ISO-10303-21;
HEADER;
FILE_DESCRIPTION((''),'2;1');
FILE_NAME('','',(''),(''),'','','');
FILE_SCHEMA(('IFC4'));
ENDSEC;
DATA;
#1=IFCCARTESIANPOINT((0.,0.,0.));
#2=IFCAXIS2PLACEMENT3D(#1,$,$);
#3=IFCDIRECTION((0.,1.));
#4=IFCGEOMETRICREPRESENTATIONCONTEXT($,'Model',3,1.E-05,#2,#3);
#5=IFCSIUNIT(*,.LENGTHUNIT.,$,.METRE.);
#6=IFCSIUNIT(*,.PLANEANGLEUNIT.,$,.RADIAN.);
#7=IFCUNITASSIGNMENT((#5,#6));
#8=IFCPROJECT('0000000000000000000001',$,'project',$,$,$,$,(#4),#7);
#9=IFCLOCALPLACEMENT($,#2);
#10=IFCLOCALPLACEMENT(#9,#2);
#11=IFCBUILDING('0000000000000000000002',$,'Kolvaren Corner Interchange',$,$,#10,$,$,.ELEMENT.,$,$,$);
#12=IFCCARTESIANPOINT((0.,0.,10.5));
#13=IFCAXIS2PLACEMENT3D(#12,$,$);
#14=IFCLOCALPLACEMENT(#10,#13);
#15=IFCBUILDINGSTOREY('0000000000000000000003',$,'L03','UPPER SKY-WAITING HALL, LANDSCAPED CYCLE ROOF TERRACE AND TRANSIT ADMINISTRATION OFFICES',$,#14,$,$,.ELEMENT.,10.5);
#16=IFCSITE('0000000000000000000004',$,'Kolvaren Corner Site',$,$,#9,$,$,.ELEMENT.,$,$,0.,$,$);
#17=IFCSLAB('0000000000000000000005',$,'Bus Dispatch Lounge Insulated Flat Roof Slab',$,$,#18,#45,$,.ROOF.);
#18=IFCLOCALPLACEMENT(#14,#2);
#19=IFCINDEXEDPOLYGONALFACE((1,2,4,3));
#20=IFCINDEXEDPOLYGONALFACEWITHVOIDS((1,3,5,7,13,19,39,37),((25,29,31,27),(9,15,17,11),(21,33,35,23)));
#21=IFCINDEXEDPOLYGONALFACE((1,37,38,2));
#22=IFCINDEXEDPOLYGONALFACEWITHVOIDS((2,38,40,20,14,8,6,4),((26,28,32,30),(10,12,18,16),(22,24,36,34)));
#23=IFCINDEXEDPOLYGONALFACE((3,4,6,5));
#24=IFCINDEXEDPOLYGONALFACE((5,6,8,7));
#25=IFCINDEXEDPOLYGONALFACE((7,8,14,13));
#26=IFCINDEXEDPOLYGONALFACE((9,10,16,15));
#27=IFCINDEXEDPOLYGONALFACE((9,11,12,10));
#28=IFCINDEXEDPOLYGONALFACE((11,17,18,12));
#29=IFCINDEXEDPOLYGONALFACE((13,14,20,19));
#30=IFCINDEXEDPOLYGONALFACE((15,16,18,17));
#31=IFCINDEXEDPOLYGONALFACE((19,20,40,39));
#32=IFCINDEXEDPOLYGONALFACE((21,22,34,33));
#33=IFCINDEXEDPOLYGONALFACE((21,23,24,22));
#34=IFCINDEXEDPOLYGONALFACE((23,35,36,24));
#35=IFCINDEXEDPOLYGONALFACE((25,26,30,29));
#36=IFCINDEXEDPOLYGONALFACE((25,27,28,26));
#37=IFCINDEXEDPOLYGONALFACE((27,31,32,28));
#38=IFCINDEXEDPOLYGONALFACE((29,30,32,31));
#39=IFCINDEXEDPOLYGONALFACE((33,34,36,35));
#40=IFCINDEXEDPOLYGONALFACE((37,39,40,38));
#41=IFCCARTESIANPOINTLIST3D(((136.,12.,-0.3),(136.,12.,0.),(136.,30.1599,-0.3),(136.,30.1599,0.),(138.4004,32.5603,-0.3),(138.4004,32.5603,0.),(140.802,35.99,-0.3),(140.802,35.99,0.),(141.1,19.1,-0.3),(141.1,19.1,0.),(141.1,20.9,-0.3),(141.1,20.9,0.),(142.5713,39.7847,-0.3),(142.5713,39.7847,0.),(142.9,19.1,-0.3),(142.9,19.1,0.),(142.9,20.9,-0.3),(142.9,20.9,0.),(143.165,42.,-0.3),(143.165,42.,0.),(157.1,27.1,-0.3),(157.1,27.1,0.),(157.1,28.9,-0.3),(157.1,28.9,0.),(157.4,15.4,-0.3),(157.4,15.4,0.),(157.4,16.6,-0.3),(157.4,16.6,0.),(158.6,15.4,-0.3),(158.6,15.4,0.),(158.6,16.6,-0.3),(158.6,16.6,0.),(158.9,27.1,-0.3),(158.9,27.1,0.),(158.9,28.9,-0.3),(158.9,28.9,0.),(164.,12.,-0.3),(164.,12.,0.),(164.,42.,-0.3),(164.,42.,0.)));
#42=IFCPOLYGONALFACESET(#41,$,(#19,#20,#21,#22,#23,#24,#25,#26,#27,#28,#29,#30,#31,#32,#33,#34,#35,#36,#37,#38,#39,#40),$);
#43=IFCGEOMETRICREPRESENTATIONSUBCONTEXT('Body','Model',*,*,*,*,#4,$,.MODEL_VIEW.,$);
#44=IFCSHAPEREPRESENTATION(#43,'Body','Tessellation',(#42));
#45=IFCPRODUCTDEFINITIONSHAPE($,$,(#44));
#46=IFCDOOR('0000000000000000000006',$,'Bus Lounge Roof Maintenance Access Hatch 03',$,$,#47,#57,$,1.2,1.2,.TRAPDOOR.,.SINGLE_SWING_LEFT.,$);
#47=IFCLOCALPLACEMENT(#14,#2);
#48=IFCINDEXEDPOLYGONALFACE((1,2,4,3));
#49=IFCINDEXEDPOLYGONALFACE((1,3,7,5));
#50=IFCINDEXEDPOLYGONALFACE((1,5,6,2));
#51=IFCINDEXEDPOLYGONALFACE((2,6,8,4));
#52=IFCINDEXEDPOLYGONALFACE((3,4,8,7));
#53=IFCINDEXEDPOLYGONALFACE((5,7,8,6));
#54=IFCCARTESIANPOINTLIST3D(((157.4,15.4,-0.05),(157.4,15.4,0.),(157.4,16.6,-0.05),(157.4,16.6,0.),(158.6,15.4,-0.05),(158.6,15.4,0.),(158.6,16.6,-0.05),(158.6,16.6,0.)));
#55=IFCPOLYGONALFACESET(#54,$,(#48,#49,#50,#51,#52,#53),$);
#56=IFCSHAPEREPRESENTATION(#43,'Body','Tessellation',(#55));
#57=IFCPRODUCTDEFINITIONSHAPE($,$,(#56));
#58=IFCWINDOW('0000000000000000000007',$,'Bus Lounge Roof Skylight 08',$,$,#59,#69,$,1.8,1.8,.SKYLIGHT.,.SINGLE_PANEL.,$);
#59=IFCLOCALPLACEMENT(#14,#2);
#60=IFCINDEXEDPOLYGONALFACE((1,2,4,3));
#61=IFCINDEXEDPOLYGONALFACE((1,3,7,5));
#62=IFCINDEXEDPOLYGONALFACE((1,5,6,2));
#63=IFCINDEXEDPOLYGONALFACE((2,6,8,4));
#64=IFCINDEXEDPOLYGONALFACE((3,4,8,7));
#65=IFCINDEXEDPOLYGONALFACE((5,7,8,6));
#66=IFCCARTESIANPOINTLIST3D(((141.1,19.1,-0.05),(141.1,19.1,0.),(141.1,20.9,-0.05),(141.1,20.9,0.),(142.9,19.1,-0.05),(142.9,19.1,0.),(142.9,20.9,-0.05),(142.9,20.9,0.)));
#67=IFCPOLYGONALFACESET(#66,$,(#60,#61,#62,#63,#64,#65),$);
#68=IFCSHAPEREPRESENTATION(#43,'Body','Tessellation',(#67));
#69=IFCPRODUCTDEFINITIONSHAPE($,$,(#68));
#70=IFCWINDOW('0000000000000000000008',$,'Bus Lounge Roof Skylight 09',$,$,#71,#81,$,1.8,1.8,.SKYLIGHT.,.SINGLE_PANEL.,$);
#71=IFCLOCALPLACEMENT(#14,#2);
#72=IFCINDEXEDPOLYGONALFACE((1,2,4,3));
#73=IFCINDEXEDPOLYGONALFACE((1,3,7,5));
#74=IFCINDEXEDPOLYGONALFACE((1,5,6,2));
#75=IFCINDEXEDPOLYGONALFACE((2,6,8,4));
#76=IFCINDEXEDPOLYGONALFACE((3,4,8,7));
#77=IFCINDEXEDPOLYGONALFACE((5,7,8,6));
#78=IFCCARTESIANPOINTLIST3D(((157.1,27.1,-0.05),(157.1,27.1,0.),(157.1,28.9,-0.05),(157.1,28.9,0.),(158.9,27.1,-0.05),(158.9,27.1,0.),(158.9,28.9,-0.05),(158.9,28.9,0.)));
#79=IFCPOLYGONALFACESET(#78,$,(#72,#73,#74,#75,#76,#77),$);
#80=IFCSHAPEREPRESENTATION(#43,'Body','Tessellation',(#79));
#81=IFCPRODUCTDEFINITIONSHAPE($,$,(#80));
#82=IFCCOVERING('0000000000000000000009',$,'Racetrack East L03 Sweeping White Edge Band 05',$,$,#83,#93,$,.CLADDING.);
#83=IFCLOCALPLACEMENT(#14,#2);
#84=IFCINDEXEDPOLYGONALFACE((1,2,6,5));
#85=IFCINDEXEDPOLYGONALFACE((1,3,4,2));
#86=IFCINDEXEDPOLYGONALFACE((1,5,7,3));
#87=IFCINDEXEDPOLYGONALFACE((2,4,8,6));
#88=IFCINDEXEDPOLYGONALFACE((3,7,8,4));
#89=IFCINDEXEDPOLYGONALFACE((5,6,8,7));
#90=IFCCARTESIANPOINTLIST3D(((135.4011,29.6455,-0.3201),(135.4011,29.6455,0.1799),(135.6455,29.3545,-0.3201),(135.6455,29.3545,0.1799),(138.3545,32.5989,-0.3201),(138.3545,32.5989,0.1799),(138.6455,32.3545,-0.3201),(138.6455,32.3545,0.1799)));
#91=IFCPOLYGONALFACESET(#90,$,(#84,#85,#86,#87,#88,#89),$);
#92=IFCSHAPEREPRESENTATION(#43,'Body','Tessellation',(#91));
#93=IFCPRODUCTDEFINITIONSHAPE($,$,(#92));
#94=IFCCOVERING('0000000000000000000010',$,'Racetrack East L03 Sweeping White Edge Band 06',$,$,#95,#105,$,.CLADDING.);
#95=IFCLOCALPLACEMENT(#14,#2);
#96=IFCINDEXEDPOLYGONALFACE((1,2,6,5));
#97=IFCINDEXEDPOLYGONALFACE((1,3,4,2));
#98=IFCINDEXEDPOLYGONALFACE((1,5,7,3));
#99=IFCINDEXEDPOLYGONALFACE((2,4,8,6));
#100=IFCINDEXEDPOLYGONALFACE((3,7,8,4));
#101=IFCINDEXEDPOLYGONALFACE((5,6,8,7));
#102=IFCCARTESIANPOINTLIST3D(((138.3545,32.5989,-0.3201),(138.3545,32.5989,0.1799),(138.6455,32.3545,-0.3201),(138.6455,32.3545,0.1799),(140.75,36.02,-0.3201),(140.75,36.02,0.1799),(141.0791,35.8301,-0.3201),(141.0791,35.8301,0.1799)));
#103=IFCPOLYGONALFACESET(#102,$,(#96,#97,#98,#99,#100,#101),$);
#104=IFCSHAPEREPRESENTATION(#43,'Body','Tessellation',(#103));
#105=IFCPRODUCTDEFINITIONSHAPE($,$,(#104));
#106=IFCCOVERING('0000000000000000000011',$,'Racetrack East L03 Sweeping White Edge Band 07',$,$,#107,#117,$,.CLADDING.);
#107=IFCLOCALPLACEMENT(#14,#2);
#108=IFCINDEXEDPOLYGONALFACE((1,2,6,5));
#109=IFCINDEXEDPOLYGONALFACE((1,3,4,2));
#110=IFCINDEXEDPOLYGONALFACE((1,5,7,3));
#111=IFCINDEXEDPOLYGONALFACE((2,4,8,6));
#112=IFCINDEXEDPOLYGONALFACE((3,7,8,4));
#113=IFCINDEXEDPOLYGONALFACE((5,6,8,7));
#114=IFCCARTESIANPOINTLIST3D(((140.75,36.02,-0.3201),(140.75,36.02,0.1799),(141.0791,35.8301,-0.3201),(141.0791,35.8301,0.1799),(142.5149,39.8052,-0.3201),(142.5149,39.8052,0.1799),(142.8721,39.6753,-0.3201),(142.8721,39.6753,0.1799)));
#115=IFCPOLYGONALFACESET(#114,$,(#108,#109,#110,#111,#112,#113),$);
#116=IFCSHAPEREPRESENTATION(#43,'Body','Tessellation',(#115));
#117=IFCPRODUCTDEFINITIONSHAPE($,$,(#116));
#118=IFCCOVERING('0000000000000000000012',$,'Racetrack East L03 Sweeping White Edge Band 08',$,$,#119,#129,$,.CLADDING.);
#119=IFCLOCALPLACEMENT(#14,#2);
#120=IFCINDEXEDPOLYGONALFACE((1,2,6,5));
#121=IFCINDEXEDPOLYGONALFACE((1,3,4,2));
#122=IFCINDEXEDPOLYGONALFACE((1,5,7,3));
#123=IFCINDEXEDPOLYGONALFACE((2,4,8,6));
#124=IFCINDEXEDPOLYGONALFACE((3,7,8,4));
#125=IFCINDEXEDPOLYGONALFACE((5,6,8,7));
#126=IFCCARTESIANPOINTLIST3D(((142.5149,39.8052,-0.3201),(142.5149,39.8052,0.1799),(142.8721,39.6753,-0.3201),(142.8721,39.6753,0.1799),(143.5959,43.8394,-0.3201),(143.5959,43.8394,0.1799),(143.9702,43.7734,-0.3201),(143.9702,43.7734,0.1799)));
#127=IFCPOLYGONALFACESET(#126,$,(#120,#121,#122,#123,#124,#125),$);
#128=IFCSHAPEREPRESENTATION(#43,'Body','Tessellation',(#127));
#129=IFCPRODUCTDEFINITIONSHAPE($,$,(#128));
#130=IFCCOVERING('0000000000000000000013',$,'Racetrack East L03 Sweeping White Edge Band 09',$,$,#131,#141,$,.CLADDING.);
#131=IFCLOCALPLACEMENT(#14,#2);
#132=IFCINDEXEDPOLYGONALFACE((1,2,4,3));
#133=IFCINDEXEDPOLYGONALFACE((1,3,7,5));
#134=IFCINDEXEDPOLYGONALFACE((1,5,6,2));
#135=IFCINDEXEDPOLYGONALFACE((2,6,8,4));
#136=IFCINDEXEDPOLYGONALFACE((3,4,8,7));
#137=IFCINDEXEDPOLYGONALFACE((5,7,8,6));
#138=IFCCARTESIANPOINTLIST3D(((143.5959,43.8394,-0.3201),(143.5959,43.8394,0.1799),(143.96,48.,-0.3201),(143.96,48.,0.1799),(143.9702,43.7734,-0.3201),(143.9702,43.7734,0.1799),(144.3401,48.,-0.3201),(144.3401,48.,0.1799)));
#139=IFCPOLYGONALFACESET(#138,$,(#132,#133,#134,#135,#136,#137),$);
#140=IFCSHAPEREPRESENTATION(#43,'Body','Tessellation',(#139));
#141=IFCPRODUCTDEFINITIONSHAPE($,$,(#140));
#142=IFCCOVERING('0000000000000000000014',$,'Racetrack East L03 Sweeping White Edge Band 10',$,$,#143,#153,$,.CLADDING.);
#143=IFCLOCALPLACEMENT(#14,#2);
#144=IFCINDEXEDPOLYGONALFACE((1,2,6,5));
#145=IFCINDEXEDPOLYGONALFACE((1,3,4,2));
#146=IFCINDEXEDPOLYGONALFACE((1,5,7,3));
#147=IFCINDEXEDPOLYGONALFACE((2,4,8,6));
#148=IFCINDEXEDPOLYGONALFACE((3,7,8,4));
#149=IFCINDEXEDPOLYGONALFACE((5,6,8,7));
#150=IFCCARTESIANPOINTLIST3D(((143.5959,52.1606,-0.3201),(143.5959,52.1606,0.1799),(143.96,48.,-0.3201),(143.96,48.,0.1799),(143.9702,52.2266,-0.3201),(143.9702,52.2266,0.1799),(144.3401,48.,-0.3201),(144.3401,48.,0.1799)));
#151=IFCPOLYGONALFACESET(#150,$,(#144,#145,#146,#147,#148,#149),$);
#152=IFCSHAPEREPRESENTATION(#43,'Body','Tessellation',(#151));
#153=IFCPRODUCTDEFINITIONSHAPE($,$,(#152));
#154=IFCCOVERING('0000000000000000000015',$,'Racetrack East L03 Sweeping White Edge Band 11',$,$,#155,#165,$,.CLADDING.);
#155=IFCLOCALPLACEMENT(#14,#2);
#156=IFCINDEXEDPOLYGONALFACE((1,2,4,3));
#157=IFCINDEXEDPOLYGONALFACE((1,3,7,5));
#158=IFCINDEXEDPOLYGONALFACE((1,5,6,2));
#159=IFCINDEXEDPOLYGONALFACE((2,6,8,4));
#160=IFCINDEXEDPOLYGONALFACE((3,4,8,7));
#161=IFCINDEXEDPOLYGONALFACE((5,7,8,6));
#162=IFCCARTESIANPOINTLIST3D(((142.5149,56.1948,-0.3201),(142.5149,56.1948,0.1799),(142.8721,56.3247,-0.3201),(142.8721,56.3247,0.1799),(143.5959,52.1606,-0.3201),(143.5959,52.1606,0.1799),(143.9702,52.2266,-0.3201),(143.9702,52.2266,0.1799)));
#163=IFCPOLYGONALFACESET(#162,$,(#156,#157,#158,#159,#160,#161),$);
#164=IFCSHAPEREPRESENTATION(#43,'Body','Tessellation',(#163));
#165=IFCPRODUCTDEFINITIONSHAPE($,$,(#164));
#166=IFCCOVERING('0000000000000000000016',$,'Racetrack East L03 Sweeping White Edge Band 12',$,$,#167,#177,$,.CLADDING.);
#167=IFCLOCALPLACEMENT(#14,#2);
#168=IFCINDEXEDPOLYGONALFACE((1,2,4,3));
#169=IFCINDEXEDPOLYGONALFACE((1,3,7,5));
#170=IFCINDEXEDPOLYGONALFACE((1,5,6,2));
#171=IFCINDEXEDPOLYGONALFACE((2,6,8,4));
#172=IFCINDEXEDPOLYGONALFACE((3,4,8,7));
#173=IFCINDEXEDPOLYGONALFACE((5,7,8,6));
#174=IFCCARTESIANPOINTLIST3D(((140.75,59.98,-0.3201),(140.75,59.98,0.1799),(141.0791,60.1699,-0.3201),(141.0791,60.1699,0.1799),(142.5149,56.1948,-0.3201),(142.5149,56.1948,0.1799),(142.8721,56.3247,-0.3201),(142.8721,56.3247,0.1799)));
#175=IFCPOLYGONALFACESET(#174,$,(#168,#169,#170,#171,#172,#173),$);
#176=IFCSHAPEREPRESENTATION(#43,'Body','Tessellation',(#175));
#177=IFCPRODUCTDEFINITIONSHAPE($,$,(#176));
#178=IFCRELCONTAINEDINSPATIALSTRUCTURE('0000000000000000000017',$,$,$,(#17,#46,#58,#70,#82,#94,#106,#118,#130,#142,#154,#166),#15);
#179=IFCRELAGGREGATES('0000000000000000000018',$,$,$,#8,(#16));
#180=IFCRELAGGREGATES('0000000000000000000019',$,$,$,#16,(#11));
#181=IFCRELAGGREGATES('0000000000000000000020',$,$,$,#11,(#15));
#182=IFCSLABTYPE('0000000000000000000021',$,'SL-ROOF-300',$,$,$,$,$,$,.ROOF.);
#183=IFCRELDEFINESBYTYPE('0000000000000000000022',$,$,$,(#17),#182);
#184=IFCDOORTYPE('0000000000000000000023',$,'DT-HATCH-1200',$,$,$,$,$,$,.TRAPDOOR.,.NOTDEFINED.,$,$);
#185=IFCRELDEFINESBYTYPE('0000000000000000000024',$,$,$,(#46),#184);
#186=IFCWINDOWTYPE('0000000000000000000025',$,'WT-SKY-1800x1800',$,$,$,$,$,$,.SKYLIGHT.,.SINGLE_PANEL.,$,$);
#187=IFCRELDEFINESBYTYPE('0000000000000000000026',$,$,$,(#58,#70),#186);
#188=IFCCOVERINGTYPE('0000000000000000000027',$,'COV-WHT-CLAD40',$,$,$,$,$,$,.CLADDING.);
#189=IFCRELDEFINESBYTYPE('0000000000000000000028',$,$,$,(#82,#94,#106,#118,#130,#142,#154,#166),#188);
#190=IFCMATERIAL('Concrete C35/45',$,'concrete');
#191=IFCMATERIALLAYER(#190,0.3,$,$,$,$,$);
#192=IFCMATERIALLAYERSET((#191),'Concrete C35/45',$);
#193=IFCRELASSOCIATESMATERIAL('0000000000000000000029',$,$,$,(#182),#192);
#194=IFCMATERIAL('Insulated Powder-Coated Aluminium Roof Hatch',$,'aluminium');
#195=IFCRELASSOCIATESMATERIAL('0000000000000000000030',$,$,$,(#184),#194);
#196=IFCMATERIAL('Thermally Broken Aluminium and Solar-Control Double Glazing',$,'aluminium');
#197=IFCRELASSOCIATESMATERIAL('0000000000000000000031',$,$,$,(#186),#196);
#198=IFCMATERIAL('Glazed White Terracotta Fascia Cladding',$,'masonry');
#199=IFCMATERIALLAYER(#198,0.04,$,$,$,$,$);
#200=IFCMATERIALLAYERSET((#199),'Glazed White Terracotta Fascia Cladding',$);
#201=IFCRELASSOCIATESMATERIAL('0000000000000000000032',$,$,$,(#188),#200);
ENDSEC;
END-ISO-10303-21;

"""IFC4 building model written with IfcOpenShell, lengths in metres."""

from ifc_helpers import new_model, si_unit, direction, frame, origin, origin_2d, place, context, subcontext, project, spatial, polyline, rectangle, outline, extrude, material, layer, layer_set, type_object, element, fill, save


model = new_model("IFC4")

# Units and contexts
model_context = context("Model", 3, precision=1e-05, world=origin(), true_north=direction((0.0, 1.0)))
body_context = subcontext(model_context, "Body", "Model", "MODEL_VIEW")
ifc_project = project(units=[si_unit("LENGTHUNIT", "METRE"), si_unit("PLANEANGLEUNIT", "RADIAN")], contexts=[model_context])

# Site, building, storey
site_placement = place(None, origin())
site = spatial("IfcSite", under=ifc_project, at=site_placement, Name="Kolvaren Corner Site", CompositionType="ELEMENT", RefElevation=0.0)
building_placement = place(site_placement, origin())
building = spatial("IfcBuilding", under=site, at=building_placement, Name="Kolvaren Corner Interchange", CompositionType="ELEMENT")
storey_placement = place(building_placement, frame((0.0, 0.0, 10.5)))
storey = spatial("IfcBuildingStorey", under=building, at=storey_placement, Name="L03", Description="UPPER SKY-WAITING HALL, LANDSCAPED CYCLE ROOF TERRACE AND TRANSIT ADMINISTRATION OFFICES", CompositionType="ELEMENT", Elevation=10.5)

# Slab, openings, door, windows
ifc_material_1 = material(Name="Concrete C35/45", Category="concrete")
ifc_layer_1 = layer(ifc_material_1, 0.3)
ifc_layer_set_1 = layer_set([ifc_layer_1], Name="Concrete C35/45")
slab_type_1 = type_object("IfcSlabType", Name="SL-ROOF-300", PredefinedType="ROOF", material=ifc_layer_set_1)
slab_1_placement = place(storey_placement, frame((0.0, 0.0, -0.3)))
slab_1 = element("IfcSlab", 1, at=slab_1_placement, inside=storey, type_object=slab_type_1, Name="Bus Dispatch Lounge Insulated Flat Roof Slab", PredefinedType="ROOF", context=body_context, shape_type="SweptSolid", body=[
    extrude(outline(polyline([(164.0, 12.0), (164.0, 42.0), (143.165, 42.0), (142.5713, 39.7847), (140.802, 35.99), (138.4004, 32.5603), (136.0, 30.1599), (136.0, 12.0), (164.0, 12.0)])), origin(), (0.0, 0.0, 1.0), 0.3),
])
opening_1_placement = place(slab_1_placement, frame((142.0, 20.0, 0.0)))
opening_1 = element("IfcOpeningElement", 2, at=opening_1_placement, cuts=slab_1, PredefinedType="OPENING", context=body_context, shape_type="SweptSolid", body=[
    extrude(rectangle(XDim=1.8, YDim=1.8, at=origin_2d()), origin(), (0.0, 0.0, 1.0), 0.3),
])
opening_2_placement = place(slab_1_placement, frame((158.0, 28.0, 0.0)))
opening_2 = element("IfcOpeningElement", 3, at=opening_2_placement, cuts=slab_1, PredefinedType="OPENING", context=body_context, shape_type="SweptSolid", body=[
    extrude(rectangle(XDim=1.8, YDim=1.8, at=origin_2d()), origin(), (0.0, 0.0, 1.0), 0.3),
])
opening_3_placement = place(slab_1_placement, frame((158.0, 16.0, 0.0)))
opening_3 = element("IfcOpeningElement", 4, at=opening_3_placement, cuts=slab_1, PredefinedType="OPENING", context=body_context, shape_type="SweptSolid", body=[
    extrude(rectangle(XDim=1.2, YDim=1.2, at=origin_2d()), origin(), (0.0, 0.0, 1.0), 0.3),
])
ifc_material_2 = material(Name="Insulated Powder-Coated Aluminium Roof Hatch", Category="aluminium")
door_type = type_object("IfcDoorType", Name="DT-HATCH-1200", OperationType="NOTDEFINED", PredefinedType="TRAPDOOR", material=ifc_material_2)
door_placement = place(opening_3_placement, frame((0.0, 0.0, 0.25)))
door = element("IfcDoor", 5, at=door_placement, inside=storey, type_object=door_type, Name="Bus Lounge Roof Maintenance Access Hatch 03", OperationType="SINGLE_SWING_LEFT", OverallHeight=1.2, OverallWidth=1.2, PredefinedType="TRAPDOOR", context=body_context, shape_type="SweptSolid", body=[
    extrude(rectangle(XDim=1.2, YDim=1.2, at=origin_2d()), origin(), (0.0, 0.0, 1.0), 0.05),
])
fill(opening_3, door)
ifc_material_3 = material(Name="Thermally Broken Aluminium and Solar-Control Double Glazing", Category="aluminium")
window_type = type_object("IfcWindowType", Name="WT-SKY-1800x1800", PartitioningType="SINGLE_PANEL", PredefinedType="SKYLIGHT", material=ifc_material_3)
window_1_placement = place(opening_1_placement, frame((0.0, 0.0, 0.25)))
window_1 = element("IfcWindow", 6, at=window_1_placement, inside=storey, type_object=window_type, Name="Bus Lounge Roof Skylight 08", OverallHeight=1.8, OverallWidth=1.8, PartitioningType="SINGLE_PANEL", PredefinedType="SKYLIGHT", context=body_context, shape_type="SweptSolid", body=[
    extrude(rectangle(XDim=1.8, YDim=1.8, at=origin_2d()), origin(), (0.0, 0.0, 1.0), 0.05),
])
fill(opening_1, window_1)
window_2_placement = place(opening_2_placement, frame((0.0, 0.0, 0.25)))
window_2 = element("IfcWindow", 7, at=window_2_placement, inside=storey, type_object=window_type, Name="Bus Lounge Roof Skylight 09", OverallHeight=1.8, OverallWidth=1.8, PartitioningType="SINGLE_PANEL", PredefinedType="SKYLIGHT", context=body_context, shape_type="SweptSolid", body=[
    extrude(rectangle(XDim=1.8, YDim=1.8, at=origin_2d()), origin(), (0.0, 0.0, 1.0), 0.05),
])
fill(opening_2, window_2)

# Coverings
ifc_material_4 = material(Name="Glazed White Terracotta Fascia Cladding", Category="masonry")
ifc_layer_2 = layer(ifc_material_4, 0.04)
ifc_layer_set_2 = layer_set([ifc_layer_2], Name="Glazed White Terracotta Fascia Cladding")
covering_type = type_object("IfcCoveringType", Name="COV-WHT-CLAD40", PredefinedType="CLADDING", material=ifc_layer_set_2)
covering_1_placement = place(storey_placement, frame((0.0, 0.0, -0.3201)))
element("IfcCovering", 8, at=covering_1_placement, inside=storey, type_object=covering_type, Name="Racetrack East L03 Sweeping White Edge Band 05", PredefinedType="CLADDING", context=body_context, shape_type="SweptSolid", body=[
    extrude(outline(polyline([(135.4011, 29.6455), (135.6455, 29.3545), (138.6455, 32.3545), (138.3545, 32.5989), (135.4011, 29.6455)])), origin(), (0.0, 0.0, 1.0), 0.5),
])
covering_2_placement = place(storey_placement, frame((0.0, 0.0, -0.3201)))
element("IfcCovering", 9, at=covering_2_placement, inside=storey, type_object=covering_type, Name="Racetrack East L03 Sweeping White Edge Band 06", PredefinedType="CLADDING", context=body_context, shape_type="SweptSolid", body=[
    extrude(outline(polyline([(138.3545, 32.5989), (138.6455, 32.3545), (141.0791, 35.8301), (140.75, 36.02), (138.3545, 32.5989)])), origin(), (0.0, 0.0, 1.0), 0.5),
])
covering_3_placement = place(storey_placement, frame((0.0, 0.0, -0.3201)))
element("IfcCovering", 10, at=covering_3_placement, inside=storey, type_object=covering_type, Name="Racetrack East L03 Sweeping White Edge Band 07", PredefinedType="CLADDING", context=body_context, shape_type="SweptSolid", body=[
    extrude(outline(polyline([(140.75, 36.02), (141.0791, 35.8301), (142.8721, 39.6753), (142.5149, 39.8052), (140.75, 36.02)])), origin(), (0.0, 0.0, 1.0), 0.5),
])
covering_4_placement = place(storey_placement, frame((0.0, 0.0, -0.3201)))
element("IfcCovering", 11, at=covering_4_placement, inside=storey, type_object=covering_type, Name="Racetrack East L03 Sweeping White Edge Band 08", PredefinedType="CLADDING", context=body_context, shape_type="SweptSolid", body=[
    extrude(outline(polyline([(142.5149, 39.8052), (142.8721, 39.6753), (143.9702, 43.7734), (143.5959, 43.8394), (142.5149, 39.8052)])), origin(), (0.0, 0.0, 1.0), 0.5),
])
covering_5_placement = place(storey_placement, frame((0.0, 0.0, -0.3201)))
element("IfcCovering", 12, at=covering_5_placement, inside=storey, type_object=covering_type, Name="Racetrack East L03 Sweeping White Edge Band 09", PredefinedType="CLADDING", context=body_context, shape_type="SweptSolid", body=[
    extrude(outline(polyline([(143.5959, 43.8394), (143.9702, 43.7734), (144.3401, 48.0), (143.96, 48.0), (143.5959, 43.8394)])), origin(), (0.0, 0.0, 1.0), 0.5),
])
covering_6_placement = place(storey_placement, frame((0.0, 0.0, -0.3201)))
element("IfcCovering", 13, at=covering_6_placement, inside=storey, type_object=covering_type, Name="Racetrack East L03 Sweeping White Edge Band 10", PredefinedType="CLADDING", context=body_context, shape_type="SweptSolid", body=[
    extrude(outline(polyline([(143.96, 48.0), (144.3401, 48.0), (143.9702, 52.2266), (143.5959, 52.1606), (143.96, 48.0)])), origin(), (0.0, 0.0, 1.0), 0.5),
])
covering_7_placement = place(storey_placement, frame((0.0, 0.0, -0.3201)))
element("IfcCovering", 14, at=covering_7_placement, inside=storey, type_object=covering_type, Name="Racetrack East L03 Sweeping White Edge Band 11", PredefinedType="CLADDING", context=body_context, shape_type="SweptSolid", body=[
    extrude(outline(polyline([(143.5959, 52.1606), (143.9702, 52.2266), (142.8721, 56.3247), (142.5149, 56.1948), (143.5959, 52.1606)])), origin(), (0.0, 0.0, 1.0), 0.5),
])
covering_8_placement = place(storey_placement, frame((0.0, 0.0, -0.3201)))
element("IfcCovering", 15, at=covering_8_placement, inside=storey, type_object=covering_type, Name="Racetrack East L03 Sweeping White Edge Band 12", PredefinedType="CLADDING", context=body_context, shape_type="SweptSolid", body=[
    extrude(outline(polyline([(142.5149, 56.1948), (142.8721, 56.3247), (141.0791, 60.1699), (140.75, 59.98), (142.5149, 56.1948)])), origin(), (0.0, 0.0, 1.0), 0.5),
])

save(model, "model.ifc")
